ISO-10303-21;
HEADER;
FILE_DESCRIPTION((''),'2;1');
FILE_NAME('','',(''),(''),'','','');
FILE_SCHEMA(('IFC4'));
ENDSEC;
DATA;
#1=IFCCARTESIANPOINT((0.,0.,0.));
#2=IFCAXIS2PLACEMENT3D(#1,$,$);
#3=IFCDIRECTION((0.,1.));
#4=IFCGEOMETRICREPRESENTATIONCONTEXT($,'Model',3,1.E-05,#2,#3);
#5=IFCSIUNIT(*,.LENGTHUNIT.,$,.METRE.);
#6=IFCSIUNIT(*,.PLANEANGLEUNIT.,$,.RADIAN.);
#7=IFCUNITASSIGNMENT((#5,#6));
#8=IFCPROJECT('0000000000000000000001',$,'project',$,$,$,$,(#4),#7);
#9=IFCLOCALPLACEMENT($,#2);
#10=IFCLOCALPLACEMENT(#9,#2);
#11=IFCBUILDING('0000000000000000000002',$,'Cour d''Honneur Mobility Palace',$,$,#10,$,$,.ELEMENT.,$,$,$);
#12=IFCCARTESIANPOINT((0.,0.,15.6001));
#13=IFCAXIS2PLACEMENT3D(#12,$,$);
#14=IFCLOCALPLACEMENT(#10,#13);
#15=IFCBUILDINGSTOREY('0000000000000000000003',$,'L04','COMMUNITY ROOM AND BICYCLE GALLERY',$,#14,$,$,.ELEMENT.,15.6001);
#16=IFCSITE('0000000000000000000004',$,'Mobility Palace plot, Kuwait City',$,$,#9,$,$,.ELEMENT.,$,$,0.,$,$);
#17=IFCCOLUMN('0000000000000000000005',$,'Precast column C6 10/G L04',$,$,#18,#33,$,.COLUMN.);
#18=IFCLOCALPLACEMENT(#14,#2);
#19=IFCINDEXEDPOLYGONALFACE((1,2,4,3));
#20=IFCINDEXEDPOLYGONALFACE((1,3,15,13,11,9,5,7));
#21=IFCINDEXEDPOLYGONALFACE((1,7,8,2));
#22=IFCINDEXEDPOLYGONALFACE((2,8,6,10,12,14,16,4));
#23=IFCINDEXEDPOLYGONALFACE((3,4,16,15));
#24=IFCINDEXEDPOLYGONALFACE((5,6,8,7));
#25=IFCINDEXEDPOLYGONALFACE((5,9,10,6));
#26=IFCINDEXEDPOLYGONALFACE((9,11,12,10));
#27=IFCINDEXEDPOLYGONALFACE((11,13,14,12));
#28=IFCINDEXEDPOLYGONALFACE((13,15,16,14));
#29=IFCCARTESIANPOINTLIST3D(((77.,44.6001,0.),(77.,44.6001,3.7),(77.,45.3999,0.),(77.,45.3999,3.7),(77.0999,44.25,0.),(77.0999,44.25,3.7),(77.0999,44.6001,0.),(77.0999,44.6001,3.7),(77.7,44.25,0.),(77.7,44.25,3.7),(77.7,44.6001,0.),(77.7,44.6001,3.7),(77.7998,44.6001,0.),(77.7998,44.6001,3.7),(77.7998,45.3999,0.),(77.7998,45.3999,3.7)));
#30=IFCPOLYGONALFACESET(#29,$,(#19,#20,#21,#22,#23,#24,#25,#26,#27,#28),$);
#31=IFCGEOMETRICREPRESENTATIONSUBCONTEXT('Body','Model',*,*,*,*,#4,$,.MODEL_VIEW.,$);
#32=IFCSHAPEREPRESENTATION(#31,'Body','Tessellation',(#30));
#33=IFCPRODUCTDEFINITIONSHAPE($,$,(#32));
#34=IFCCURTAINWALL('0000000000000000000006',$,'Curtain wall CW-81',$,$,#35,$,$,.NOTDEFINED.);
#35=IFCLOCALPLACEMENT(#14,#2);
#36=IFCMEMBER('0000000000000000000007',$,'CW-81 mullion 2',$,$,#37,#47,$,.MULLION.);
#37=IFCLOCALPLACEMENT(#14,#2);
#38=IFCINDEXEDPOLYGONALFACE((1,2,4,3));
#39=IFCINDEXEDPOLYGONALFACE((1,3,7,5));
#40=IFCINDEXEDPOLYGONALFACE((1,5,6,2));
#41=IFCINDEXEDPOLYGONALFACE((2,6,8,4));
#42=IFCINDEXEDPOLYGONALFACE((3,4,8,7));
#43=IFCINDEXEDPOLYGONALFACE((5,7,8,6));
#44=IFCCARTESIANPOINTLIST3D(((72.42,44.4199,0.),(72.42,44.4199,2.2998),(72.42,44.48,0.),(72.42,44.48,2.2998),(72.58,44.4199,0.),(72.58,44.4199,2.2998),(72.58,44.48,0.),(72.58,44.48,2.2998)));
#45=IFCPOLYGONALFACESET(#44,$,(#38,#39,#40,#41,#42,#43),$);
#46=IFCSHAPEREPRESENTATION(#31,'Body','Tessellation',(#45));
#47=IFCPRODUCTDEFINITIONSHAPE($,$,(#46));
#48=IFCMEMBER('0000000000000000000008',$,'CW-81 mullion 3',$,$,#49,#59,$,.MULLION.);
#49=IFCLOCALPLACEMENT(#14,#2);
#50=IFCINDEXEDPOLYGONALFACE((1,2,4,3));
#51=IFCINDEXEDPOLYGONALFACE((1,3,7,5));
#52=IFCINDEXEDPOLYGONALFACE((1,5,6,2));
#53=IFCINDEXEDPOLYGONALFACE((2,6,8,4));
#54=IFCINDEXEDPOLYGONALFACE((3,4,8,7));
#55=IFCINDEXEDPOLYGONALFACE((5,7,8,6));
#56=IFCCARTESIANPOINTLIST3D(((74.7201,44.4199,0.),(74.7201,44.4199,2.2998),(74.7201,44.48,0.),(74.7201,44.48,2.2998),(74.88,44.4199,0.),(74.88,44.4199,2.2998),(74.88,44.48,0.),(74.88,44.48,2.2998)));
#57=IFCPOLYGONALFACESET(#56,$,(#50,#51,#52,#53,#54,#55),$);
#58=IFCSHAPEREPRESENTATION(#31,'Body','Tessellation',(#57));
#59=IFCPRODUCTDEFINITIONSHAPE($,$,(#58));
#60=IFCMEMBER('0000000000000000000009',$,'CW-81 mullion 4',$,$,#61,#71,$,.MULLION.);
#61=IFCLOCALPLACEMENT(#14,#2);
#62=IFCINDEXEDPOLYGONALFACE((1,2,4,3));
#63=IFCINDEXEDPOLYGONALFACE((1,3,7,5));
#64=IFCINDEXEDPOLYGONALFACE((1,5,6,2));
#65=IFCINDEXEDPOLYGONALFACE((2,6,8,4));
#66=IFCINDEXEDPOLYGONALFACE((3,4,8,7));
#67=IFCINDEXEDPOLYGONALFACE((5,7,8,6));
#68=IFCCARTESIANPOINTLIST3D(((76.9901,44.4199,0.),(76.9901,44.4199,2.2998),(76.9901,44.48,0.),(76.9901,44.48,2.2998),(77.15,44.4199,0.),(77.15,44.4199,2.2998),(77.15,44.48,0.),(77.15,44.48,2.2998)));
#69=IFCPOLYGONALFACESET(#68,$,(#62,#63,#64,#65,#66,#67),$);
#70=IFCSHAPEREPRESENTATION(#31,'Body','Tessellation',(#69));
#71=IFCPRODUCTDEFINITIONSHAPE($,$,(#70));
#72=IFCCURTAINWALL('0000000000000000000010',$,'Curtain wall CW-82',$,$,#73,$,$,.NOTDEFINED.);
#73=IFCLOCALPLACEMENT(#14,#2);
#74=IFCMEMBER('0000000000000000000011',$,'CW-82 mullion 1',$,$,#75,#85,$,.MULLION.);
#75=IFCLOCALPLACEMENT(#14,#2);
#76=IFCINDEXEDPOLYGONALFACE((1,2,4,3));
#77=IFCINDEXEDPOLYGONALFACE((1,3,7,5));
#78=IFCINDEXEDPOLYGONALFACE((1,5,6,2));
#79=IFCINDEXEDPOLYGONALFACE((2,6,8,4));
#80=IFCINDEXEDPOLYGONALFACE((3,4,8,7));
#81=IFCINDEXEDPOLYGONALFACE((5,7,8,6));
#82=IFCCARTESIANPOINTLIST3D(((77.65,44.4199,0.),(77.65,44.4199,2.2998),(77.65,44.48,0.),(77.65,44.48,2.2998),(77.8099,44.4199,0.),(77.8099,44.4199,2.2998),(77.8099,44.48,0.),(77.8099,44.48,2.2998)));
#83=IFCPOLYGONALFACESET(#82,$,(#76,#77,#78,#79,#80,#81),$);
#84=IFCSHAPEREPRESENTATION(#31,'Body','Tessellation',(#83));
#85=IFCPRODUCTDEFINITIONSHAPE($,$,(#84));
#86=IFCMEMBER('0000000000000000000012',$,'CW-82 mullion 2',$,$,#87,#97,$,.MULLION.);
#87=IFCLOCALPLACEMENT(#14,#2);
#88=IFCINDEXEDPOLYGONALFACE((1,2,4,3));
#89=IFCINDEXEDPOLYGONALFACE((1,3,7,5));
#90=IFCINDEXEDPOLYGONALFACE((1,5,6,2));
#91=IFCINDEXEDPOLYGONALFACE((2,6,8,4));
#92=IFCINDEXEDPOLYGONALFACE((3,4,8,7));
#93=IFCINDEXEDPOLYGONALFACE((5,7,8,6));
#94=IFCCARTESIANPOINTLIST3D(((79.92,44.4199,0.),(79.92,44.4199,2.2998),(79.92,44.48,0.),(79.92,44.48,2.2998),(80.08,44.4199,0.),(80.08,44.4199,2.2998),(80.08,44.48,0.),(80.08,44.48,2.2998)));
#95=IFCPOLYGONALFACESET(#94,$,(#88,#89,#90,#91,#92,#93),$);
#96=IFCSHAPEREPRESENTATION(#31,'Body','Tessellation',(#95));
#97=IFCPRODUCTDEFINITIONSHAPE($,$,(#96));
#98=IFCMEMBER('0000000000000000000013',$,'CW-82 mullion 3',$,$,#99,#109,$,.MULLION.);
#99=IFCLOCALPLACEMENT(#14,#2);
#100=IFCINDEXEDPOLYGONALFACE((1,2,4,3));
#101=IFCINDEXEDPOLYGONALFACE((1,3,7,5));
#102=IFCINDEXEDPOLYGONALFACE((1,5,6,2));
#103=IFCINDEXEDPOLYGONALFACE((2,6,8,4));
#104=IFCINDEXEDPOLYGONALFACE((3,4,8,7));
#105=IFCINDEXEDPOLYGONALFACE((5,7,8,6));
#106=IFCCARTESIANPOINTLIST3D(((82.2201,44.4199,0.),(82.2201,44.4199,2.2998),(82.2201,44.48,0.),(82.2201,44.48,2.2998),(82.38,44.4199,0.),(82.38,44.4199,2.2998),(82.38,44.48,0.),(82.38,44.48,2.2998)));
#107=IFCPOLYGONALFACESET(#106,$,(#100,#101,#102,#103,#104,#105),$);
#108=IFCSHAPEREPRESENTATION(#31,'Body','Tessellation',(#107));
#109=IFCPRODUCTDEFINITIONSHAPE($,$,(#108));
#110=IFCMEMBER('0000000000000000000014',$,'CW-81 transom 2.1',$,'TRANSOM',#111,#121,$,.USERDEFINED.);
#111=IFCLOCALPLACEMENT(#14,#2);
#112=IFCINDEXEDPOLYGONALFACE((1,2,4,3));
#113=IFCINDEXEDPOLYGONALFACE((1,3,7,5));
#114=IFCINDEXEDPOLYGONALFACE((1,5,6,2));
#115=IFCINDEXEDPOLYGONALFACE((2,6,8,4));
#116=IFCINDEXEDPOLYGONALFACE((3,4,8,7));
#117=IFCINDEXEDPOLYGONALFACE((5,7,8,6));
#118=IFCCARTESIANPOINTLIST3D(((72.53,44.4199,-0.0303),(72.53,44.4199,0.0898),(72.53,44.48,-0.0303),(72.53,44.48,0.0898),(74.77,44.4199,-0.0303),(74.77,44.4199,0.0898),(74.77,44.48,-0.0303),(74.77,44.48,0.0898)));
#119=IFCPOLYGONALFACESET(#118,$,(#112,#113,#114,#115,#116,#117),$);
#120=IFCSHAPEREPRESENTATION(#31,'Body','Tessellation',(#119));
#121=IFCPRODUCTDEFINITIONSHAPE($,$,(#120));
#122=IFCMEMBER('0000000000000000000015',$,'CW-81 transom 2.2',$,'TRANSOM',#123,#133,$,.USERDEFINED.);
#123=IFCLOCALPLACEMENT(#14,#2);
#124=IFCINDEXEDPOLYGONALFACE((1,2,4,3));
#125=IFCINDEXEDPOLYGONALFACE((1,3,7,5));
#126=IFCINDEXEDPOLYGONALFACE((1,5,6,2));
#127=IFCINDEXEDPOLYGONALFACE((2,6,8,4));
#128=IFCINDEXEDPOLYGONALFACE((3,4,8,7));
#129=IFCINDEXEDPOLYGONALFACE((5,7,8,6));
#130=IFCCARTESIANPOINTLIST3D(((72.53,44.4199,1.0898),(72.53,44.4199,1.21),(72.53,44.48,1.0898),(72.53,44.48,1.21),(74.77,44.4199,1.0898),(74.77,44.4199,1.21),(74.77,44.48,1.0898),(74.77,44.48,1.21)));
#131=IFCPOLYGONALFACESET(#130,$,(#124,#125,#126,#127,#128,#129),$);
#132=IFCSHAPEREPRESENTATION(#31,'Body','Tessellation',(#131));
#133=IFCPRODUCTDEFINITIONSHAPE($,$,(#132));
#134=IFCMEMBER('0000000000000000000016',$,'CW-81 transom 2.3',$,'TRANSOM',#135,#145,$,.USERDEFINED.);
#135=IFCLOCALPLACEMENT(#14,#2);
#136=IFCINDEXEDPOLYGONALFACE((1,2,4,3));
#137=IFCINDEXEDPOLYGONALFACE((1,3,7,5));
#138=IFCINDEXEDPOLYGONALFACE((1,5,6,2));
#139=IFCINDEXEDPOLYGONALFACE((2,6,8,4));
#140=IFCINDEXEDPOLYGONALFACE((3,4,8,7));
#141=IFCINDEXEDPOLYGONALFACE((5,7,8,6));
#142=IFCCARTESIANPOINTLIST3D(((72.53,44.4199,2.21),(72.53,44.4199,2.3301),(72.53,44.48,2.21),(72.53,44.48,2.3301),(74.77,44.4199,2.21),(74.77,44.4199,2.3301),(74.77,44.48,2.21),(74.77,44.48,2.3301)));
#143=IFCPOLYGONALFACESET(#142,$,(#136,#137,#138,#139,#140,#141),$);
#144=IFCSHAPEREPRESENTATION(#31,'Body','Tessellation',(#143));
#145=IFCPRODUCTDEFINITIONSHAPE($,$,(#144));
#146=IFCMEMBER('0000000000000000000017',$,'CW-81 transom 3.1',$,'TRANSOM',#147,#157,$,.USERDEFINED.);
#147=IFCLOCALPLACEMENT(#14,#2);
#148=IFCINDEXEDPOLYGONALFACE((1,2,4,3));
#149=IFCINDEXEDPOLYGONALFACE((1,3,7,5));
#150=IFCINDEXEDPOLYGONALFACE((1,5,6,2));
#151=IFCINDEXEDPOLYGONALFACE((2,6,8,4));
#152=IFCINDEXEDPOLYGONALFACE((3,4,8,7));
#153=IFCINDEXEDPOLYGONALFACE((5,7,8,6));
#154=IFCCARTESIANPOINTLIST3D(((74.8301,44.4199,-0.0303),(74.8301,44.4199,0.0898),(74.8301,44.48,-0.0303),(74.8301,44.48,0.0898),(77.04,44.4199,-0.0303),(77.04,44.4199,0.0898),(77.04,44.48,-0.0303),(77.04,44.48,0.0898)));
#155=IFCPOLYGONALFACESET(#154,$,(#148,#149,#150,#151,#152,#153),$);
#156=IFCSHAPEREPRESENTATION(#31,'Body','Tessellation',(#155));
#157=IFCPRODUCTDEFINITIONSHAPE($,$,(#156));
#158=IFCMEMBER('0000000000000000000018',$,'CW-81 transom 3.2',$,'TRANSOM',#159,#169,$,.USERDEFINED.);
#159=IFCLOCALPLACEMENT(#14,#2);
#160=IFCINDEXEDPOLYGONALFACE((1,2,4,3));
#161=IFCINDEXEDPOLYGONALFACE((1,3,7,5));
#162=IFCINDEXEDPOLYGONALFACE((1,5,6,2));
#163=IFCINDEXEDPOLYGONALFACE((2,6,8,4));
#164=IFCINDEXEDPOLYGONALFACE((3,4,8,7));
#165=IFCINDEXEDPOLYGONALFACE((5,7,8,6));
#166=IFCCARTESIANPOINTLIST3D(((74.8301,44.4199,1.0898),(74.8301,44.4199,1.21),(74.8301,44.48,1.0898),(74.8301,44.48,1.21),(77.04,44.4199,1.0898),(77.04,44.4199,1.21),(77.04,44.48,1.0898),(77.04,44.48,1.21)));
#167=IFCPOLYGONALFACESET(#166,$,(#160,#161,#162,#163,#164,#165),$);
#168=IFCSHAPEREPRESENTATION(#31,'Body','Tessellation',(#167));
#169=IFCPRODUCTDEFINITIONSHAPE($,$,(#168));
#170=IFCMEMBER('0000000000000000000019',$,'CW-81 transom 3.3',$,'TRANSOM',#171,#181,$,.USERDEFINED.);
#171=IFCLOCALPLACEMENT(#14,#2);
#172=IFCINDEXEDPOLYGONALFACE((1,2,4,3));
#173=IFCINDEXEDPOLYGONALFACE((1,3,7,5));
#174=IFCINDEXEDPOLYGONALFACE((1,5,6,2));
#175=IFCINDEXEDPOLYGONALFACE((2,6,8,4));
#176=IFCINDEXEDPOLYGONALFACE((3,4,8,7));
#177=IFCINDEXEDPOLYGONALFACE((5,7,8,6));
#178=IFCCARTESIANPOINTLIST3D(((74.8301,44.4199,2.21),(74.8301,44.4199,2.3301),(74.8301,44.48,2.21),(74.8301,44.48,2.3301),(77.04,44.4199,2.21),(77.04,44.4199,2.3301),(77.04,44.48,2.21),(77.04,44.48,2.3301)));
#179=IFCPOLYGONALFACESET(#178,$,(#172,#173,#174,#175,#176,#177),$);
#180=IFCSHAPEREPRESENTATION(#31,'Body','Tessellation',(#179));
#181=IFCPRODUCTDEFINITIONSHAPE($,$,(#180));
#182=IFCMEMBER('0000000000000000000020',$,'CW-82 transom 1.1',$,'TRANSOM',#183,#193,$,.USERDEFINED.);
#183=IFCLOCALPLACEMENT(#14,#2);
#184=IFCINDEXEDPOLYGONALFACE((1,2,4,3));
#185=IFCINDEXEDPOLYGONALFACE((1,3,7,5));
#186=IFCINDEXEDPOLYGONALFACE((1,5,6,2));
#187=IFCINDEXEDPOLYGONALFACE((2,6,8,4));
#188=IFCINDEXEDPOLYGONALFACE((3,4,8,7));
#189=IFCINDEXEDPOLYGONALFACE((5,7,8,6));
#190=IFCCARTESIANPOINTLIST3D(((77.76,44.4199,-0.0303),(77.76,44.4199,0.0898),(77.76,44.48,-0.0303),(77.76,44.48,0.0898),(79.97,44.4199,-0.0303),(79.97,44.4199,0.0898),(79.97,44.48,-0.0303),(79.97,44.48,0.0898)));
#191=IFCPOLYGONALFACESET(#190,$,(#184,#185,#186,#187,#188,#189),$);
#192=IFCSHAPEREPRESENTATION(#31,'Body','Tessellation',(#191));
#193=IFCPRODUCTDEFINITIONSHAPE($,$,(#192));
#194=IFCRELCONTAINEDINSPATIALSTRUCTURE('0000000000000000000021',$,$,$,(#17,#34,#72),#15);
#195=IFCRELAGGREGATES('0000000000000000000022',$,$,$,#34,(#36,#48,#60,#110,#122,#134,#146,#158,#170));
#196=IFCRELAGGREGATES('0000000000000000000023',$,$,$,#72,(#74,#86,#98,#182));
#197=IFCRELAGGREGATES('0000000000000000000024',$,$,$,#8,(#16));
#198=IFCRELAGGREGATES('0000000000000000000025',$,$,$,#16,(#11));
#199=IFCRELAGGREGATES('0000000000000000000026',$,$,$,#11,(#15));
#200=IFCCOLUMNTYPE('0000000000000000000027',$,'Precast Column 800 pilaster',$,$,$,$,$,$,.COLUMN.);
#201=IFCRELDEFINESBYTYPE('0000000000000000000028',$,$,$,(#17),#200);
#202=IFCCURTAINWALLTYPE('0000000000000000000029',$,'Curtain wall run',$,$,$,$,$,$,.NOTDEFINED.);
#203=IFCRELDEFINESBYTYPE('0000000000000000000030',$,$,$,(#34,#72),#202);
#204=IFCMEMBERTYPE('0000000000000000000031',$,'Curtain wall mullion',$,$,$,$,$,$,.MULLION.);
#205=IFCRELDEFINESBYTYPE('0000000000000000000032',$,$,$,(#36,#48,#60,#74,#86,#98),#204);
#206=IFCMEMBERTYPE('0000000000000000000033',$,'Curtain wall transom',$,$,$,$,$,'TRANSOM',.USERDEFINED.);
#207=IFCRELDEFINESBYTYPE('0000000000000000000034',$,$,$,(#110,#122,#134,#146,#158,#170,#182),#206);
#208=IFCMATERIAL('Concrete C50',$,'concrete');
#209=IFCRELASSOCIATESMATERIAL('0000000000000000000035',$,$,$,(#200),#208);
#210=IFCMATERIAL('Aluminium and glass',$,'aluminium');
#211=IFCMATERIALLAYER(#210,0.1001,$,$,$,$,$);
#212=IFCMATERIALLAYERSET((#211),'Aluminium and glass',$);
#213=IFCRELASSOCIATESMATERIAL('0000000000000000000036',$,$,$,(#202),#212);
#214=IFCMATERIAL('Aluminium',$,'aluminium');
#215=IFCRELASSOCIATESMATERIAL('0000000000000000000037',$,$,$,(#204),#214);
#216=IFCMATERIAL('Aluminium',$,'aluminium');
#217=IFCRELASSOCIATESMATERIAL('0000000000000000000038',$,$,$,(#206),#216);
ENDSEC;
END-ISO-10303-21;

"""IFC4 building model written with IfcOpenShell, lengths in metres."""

from ifc_helpers import new_model, si_unit, direction, frame, origin, origin_2d, place, context, subcontext, project, spatial, polyline, rectangle, outline, extrude, material, layer, layer_set, material_profile, profile_set, type_object, element, aggregate, save


model = new_model("IFC4")

# Units and contexts
model_context = context("Model", 3, precision=1e-05, world=origin(), true_north=direction((0.0, 1.0)))
body_context = subcontext(model_context, "Body", "Model", "MODEL_VIEW")
ifc_project = project(units=[si_unit("LENGTHUNIT", "METRE"), si_unit("PLANEANGLEUNIT", "RADIAN")], contexts=[model_context])

# Site, building, storey
site_placement = place(None, origin())
site = spatial("IfcSite", under=ifc_project, at=site_placement, Name="Mobility Palace plot, Kuwait City", CompositionType="ELEMENT", RefElevation=0.0)
building_placement = place(site_placement, origin())
building = spatial("IfcBuilding", under=site, at=building_placement, Name="Cour d'Honneur Mobility Palace", CompositionType="ELEMENT")
storey_placement = place(building_placement, frame((0.0, 0.0, 15.6001)))
storey = spatial("IfcBuildingStorey", under=building, at=storey_placement, Name="L04", Description="COMMUNITY ROOM AND BICYCLE GALLERY", CompositionType="ELEMENT", Elevation=15.6001)

# Column
ifc_material_1 = material(Name="Concrete C50", Category="concrete")
ifc_material_profile_1 = material_profile(ifc_material_1, outline(polyline([(-0.3999, -0.3999), (0.3999, -0.3999), (0.3999, -0.3), (0.75, -0.3), (0.75, 0.3), (0.3999, 0.3), (0.3999, 0.3999), (-0.3999, 0.3999), (-0.3999, -0.3999)])), Name="PC C800 pilaster")
ifc_profile_set_1 = profile_set([ifc_material_profile_1], Name="Concrete C50")
column_type = type_object("IfcColumnType", Name="Precast Column 800 pilaster", PredefinedType="COLUMN", material=ifc_profile_set_1)
column_placement = place(storey_placement, frame((77.3999, 45.0, 0.0), z_axis=(0.0, 0.0, 1.0), x_axis=(0.0, -1.0, 0.0)))
element("IfcColumn", 1, at=column_placement, inside=storey, type_object=column_type, Name="Precast column C6 10/G L04", PredefinedType="COLUMN", context=body_context, shape_type="SweptSolid", body=[
    extrude(outline(polyline([(-0.3999, -0.3999), (0.3999, -0.3999), (0.3999, -0.3), (0.75, -0.3), (0.75, 0.3), (0.3999, 0.3), (0.3999, 0.3999), (-0.3999, 0.3999), (-0.3999, -0.3999)])), origin(), (0.0, 0.0, 1.0), 3.7),
])

# Curtain walls, members
ifc_material_2 = material(Name="Aluminium and glass", Category="aluminium")
ifc_layer_1 = layer(ifc_material_2, 0.1001)
ifc_layer_set_1 = layer_set([ifc_layer_1], Name="Aluminium and glass")
curtain_wall_type = type_object("IfcCurtainWallType", Name="Curtain wall run", PredefinedType="NOTDEFINED", material=ifc_layer_set_1)
curtain_wall_1_placement = place(storey_placement, origin())
curtain_wall_1 = element("IfcCurtainWall", 2, at=curtain_wall_1_placement, inside=storey, type_object=curtain_wall_type, Name="Curtain wall CW-81", PredefinedType="NOTDEFINED")
ifc_material_3 = material(Name="Aluminium", Category="aluminium")
ifc_material_profile_2 = material_profile(ifc_material_3, rectangle(XDim=0.0601, YDim=0.1599, at=origin_2d()), Name="Curtain wall mullion")
ifc_profile_set_2 = profile_set([ifc_material_profile_2], Name="Aluminium")
member_type_1 = type_object("IfcMemberType", Name="Curtain wall mullion", PredefinedType="MULLION", material=ifc_profile_set_2)
member_1_placement = place(storey_placement, frame((72.5, 44.45, 0.0), z_axis=(0.0, 0.0, 1.0), x_axis=(0.0, 1.0, 0.0)))
member_1 = element("IfcMember", 3, at=member_1_placement, type_object=member_type_1, Name="CW-81 mullion 2", PredefinedType="MULLION", context=body_context, shape_type="SweptSolid", body=[
    extrude(rectangle(XDim=0.0601, YDim=0.1599, at=origin_2d()), origin(), (0.0, 0.0, 1.0), 2.2998),
])
member_2_placement = place(storey_placement, frame((74.8, 44.45, 0.0), z_axis=(0.0, 0.0, 1.0), x_axis=(0.0, 1.0, 0.0)))
member_2 = element("IfcMember", 4, at=member_2_placement, type_object=member_type_1, Name="CW-81 mullion 3", PredefinedType="MULLION", context=body_context, shape_type="SweptSolid", body=[
    extrude(rectangle(XDim=0.0601, YDim=0.1599, at=origin_2d()), origin(), (0.0, 0.0, 1.0), 2.2998),
])
member_3_placement = place(storey_placement, frame((77.0701, 44.45, 0.0), z_axis=(0.0, 0.0, 1.0), x_axis=(0.0, 1.0, 0.0)))
member_3 = element("IfcMember", 5, at=member_3_placement, type_object=member_type_1, Name="CW-81 mullion 4", PredefinedType="MULLION", context=body_context, shape_type="SweptSolid", body=[
    extrude(rectangle(XDim=0.0601, YDim=0.1599, at=origin_2d()), origin(), (0.0, 0.0, 1.0), 2.2998),
])
curtain_wall_2_placement = place(storey_placement, origin())
curtain_wall_2 = element("IfcCurtainWall", 6, at=curtain_wall_2_placement, inside=storey, type_object=curtain_wall_type, Name="Curtain wall CW-82", PredefinedType="NOTDEFINED")
member_4_placement = place(storey_placement, frame((77.73, 44.45, 0.0), z_axis=(0.0, 0.0, 1.0), x_axis=(0.0, 1.0, 0.0)))
member_4 = element("IfcMember", 7, at=member_4_placement, type_object=member_type_1, Name="CW-82 mullion 1", PredefinedType="MULLION", context=body_context, shape_type="SweptSolid", body=[
    extrude(rectangle(XDim=0.0601, YDim=0.1599, at=origin_2d()), origin(), (0.0, 0.0, 1.0), 2.2998),
])
member_5_placement = place(storey_placement, frame((80.0, 44.45, 0.0), z_axis=(0.0, 0.0, 1.0), x_axis=(0.0, 1.0, 0.0)))
member_5 = element("IfcMember", 8, at=member_5_placement, type_object=member_type_1, Name="CW-82 mullion 2", PredefinedType="MULLION", context=body_context, shape_type="SweptSolid", body=[
    extrude(rectangle(XDim=0.0601, YDim=0.1599, at=origin_2d()), origin(), (0.0, 0.0, 1.0), 2.2998),
])
member_6_placement = place(storey_placement, frame((82.3, 44.45, 0.0), z_axis=(0.0, 0.0, 1.0), x_axis=(0.0, 1.0, 0.0)))
member_6 = element("IfcMember", 9, at=member_6_placement, type_object=member_type_1, Name="CW-82 mullion 3", PredefinedType="MULLION", context=body_context, shape_type="SweptSolid", body=[
    extrude(rectangle(XDim=0.0601, YDim=0.1599, at=origin_2d()), origin(), (0.0, 0.0, 1.0), 2.2998),
])

# Members
ifc_material_4 = material(Name="Aluminium", Category="aluminium")
ifc_material_profile_3 = material_profile(ifc_material_4, rectangle(XDim=0.0601, YDim=0.1201, at=origin_2d()), Name="Curtain wall transom")
ifc_profile_set_3 = profile_set([ifc_material_profile_3], Name="Aluminium")
member_type_2 = type_object("IfcMemberType", Name="Curtain wall transom", ElementType="TRANSOM", PredefinedType="USERDEFINED", material=ifc_profile_set_3)
member_7_placement = place(storey_placement, frame((72.53, 44.45, 0.0298), z_axis=(1.0, 0.0, 0.0), x_axis=(0.0, 1.0, 0.0)))
member_7 = element("IfcMember", 10, at=member_7_placement, type_object=member_type_2, Name="CW-81 transom 2.1", ObjectType="TRANSOM", PredefinedType="USERDEFINED", context=body_context, shape_type="SweptSolid", body=[
    extrude(rectangle(XDim=0.0601, YDim=0.1201, at=origin_2d()), origin(), (0.0, 0.0, 1.0), 2.24),
])
member_8_placement = place(storey_placement, frame((72.53, 44.45, 1.1499), z_axis=(1.0, 0.0, 0.0), x_axis=(0.0, 1.0, 0.0)))
member_8 = element("IfcMember", 11, at=member_8_placement, type_object=member_type_2, Name="CW-81 transom 2.2", ObjectType="TRANSOM", PredefinedType="USERDEFINED", context=body_context, shape_type="SweptSolid", body=[
    extrude(rectangle(XDim=0.0601, YDim=0.1201, at=origin_2d()), origin(), (0.0, 0.0, 1.0), 2.24),
])
member_9_placement = place(storey_placement, frame((72.53, 44.45, 2.27), z_axis=(1.0, 0.0, 0.0), x_axis=(0.0, 1.0, 0.0)))
member_9 = element("IfcMember", 12, at=member_9_placement, type_object=member_type_2, Name="CW-81 transom 2.3", ObjectType="TRANSOM", PredefinedType="USERDEFINED", context=body_context, shape_type="SweptSolid", body=[
    extrude(rectangle(XDim=0.0601, YDim=0.1201, at=origin_2d()), origin(), (0.0, 0.0, 1.0), 2.24),
])
member_10_placement = place(storey_placement, frame((74.8301, 44.45, 0.0298), z_axis=(1.0, 0.0, 0.0), x_axis=(0.0, 1.0, 0.0)))
member_10 = element("IfcMember", 13, at=member_10_placement, type_object=member_type_2, Name="CW-81 transom 3.1", ObjectType="TRANSOM", PredefinedType="USERDEFINED", context=body_context, shape_type="SweptSolid", body=[
    extrude(rectangle(XDim=0.0601, YDim=0.1201, at=origin_2d()), origin(), (0.0, 0.0, 1.0), 2.21),
])
member_11_placement = place(storey_placement, frame((74.8301, 44.45, 1.1499), z_axis=(1.0, 0.0, 0.0), x_axis=(0.0, 1.0, 0.0)))
member_11 = element("IfcMember", 14, at=member_11_placement, type_object=member_type_2, Name="CW-81 transom 3.2", ObjectType="TRANSOM", PredefinedType="USERDEFINED", context=body_context, shape_type="SweptSolid", body=[
    extrude(rectangle(XDim=0.0601, YDim=0.1201, at=origin_2d()), origin(), (0.0, 0.0, 1.0), 2.21),
])
member_12_placement = place(storey_placement, frame((74.8301, 44.45, 2.27), z_axis=(1.0, 0.0, 0.0), x_axis=(0.0, 1.0, 0.0)))
member_12 = element("IfcMember", 15, at=member_12_placement, type_object=member_type_2, Name="CW-81 transom 3.3", ObjectType="TRANSOM", PredefinedType="USERDEFINED", context=body_context, shape_type="SweptSolid", body=[
    extrude(rectangle(XDim=0.0601, YDim=0.1201, at=origin_2d()), origin(), (0.0, 0.0, 1.0), 2.21),
])
member_13_placement = place(storey_placement, frame((77.76, 44.45, 0.0298), z_axis=(1.0, 0.0, 0.0), x_axis=(0.0, 1.0, 0.0)))
member_13 = element("IfcMember", 16, at=member_13_placement, type_object=member_type_2, Name="CW-82 transom 1.1", ObjectType="TRANSOM", PredefinedType="USERDEFINED", context=body_context, shape_type="SweptSolid", body=[
    extrude(rectangle(XDim=0.0601, YDim=0.1201, at=origin_2d()), origin(), (0.0, 0.0, 1.0), 2.21),
])

aggregate(curtain_wall_1, [member_1, member_2, member_3, member_7, member_8, member_9, member_10, member_11, member_12])
aggregate(curtain_wall_2, [member_4, member_5, member_6, member_13])

save(model, "model.ifc")
